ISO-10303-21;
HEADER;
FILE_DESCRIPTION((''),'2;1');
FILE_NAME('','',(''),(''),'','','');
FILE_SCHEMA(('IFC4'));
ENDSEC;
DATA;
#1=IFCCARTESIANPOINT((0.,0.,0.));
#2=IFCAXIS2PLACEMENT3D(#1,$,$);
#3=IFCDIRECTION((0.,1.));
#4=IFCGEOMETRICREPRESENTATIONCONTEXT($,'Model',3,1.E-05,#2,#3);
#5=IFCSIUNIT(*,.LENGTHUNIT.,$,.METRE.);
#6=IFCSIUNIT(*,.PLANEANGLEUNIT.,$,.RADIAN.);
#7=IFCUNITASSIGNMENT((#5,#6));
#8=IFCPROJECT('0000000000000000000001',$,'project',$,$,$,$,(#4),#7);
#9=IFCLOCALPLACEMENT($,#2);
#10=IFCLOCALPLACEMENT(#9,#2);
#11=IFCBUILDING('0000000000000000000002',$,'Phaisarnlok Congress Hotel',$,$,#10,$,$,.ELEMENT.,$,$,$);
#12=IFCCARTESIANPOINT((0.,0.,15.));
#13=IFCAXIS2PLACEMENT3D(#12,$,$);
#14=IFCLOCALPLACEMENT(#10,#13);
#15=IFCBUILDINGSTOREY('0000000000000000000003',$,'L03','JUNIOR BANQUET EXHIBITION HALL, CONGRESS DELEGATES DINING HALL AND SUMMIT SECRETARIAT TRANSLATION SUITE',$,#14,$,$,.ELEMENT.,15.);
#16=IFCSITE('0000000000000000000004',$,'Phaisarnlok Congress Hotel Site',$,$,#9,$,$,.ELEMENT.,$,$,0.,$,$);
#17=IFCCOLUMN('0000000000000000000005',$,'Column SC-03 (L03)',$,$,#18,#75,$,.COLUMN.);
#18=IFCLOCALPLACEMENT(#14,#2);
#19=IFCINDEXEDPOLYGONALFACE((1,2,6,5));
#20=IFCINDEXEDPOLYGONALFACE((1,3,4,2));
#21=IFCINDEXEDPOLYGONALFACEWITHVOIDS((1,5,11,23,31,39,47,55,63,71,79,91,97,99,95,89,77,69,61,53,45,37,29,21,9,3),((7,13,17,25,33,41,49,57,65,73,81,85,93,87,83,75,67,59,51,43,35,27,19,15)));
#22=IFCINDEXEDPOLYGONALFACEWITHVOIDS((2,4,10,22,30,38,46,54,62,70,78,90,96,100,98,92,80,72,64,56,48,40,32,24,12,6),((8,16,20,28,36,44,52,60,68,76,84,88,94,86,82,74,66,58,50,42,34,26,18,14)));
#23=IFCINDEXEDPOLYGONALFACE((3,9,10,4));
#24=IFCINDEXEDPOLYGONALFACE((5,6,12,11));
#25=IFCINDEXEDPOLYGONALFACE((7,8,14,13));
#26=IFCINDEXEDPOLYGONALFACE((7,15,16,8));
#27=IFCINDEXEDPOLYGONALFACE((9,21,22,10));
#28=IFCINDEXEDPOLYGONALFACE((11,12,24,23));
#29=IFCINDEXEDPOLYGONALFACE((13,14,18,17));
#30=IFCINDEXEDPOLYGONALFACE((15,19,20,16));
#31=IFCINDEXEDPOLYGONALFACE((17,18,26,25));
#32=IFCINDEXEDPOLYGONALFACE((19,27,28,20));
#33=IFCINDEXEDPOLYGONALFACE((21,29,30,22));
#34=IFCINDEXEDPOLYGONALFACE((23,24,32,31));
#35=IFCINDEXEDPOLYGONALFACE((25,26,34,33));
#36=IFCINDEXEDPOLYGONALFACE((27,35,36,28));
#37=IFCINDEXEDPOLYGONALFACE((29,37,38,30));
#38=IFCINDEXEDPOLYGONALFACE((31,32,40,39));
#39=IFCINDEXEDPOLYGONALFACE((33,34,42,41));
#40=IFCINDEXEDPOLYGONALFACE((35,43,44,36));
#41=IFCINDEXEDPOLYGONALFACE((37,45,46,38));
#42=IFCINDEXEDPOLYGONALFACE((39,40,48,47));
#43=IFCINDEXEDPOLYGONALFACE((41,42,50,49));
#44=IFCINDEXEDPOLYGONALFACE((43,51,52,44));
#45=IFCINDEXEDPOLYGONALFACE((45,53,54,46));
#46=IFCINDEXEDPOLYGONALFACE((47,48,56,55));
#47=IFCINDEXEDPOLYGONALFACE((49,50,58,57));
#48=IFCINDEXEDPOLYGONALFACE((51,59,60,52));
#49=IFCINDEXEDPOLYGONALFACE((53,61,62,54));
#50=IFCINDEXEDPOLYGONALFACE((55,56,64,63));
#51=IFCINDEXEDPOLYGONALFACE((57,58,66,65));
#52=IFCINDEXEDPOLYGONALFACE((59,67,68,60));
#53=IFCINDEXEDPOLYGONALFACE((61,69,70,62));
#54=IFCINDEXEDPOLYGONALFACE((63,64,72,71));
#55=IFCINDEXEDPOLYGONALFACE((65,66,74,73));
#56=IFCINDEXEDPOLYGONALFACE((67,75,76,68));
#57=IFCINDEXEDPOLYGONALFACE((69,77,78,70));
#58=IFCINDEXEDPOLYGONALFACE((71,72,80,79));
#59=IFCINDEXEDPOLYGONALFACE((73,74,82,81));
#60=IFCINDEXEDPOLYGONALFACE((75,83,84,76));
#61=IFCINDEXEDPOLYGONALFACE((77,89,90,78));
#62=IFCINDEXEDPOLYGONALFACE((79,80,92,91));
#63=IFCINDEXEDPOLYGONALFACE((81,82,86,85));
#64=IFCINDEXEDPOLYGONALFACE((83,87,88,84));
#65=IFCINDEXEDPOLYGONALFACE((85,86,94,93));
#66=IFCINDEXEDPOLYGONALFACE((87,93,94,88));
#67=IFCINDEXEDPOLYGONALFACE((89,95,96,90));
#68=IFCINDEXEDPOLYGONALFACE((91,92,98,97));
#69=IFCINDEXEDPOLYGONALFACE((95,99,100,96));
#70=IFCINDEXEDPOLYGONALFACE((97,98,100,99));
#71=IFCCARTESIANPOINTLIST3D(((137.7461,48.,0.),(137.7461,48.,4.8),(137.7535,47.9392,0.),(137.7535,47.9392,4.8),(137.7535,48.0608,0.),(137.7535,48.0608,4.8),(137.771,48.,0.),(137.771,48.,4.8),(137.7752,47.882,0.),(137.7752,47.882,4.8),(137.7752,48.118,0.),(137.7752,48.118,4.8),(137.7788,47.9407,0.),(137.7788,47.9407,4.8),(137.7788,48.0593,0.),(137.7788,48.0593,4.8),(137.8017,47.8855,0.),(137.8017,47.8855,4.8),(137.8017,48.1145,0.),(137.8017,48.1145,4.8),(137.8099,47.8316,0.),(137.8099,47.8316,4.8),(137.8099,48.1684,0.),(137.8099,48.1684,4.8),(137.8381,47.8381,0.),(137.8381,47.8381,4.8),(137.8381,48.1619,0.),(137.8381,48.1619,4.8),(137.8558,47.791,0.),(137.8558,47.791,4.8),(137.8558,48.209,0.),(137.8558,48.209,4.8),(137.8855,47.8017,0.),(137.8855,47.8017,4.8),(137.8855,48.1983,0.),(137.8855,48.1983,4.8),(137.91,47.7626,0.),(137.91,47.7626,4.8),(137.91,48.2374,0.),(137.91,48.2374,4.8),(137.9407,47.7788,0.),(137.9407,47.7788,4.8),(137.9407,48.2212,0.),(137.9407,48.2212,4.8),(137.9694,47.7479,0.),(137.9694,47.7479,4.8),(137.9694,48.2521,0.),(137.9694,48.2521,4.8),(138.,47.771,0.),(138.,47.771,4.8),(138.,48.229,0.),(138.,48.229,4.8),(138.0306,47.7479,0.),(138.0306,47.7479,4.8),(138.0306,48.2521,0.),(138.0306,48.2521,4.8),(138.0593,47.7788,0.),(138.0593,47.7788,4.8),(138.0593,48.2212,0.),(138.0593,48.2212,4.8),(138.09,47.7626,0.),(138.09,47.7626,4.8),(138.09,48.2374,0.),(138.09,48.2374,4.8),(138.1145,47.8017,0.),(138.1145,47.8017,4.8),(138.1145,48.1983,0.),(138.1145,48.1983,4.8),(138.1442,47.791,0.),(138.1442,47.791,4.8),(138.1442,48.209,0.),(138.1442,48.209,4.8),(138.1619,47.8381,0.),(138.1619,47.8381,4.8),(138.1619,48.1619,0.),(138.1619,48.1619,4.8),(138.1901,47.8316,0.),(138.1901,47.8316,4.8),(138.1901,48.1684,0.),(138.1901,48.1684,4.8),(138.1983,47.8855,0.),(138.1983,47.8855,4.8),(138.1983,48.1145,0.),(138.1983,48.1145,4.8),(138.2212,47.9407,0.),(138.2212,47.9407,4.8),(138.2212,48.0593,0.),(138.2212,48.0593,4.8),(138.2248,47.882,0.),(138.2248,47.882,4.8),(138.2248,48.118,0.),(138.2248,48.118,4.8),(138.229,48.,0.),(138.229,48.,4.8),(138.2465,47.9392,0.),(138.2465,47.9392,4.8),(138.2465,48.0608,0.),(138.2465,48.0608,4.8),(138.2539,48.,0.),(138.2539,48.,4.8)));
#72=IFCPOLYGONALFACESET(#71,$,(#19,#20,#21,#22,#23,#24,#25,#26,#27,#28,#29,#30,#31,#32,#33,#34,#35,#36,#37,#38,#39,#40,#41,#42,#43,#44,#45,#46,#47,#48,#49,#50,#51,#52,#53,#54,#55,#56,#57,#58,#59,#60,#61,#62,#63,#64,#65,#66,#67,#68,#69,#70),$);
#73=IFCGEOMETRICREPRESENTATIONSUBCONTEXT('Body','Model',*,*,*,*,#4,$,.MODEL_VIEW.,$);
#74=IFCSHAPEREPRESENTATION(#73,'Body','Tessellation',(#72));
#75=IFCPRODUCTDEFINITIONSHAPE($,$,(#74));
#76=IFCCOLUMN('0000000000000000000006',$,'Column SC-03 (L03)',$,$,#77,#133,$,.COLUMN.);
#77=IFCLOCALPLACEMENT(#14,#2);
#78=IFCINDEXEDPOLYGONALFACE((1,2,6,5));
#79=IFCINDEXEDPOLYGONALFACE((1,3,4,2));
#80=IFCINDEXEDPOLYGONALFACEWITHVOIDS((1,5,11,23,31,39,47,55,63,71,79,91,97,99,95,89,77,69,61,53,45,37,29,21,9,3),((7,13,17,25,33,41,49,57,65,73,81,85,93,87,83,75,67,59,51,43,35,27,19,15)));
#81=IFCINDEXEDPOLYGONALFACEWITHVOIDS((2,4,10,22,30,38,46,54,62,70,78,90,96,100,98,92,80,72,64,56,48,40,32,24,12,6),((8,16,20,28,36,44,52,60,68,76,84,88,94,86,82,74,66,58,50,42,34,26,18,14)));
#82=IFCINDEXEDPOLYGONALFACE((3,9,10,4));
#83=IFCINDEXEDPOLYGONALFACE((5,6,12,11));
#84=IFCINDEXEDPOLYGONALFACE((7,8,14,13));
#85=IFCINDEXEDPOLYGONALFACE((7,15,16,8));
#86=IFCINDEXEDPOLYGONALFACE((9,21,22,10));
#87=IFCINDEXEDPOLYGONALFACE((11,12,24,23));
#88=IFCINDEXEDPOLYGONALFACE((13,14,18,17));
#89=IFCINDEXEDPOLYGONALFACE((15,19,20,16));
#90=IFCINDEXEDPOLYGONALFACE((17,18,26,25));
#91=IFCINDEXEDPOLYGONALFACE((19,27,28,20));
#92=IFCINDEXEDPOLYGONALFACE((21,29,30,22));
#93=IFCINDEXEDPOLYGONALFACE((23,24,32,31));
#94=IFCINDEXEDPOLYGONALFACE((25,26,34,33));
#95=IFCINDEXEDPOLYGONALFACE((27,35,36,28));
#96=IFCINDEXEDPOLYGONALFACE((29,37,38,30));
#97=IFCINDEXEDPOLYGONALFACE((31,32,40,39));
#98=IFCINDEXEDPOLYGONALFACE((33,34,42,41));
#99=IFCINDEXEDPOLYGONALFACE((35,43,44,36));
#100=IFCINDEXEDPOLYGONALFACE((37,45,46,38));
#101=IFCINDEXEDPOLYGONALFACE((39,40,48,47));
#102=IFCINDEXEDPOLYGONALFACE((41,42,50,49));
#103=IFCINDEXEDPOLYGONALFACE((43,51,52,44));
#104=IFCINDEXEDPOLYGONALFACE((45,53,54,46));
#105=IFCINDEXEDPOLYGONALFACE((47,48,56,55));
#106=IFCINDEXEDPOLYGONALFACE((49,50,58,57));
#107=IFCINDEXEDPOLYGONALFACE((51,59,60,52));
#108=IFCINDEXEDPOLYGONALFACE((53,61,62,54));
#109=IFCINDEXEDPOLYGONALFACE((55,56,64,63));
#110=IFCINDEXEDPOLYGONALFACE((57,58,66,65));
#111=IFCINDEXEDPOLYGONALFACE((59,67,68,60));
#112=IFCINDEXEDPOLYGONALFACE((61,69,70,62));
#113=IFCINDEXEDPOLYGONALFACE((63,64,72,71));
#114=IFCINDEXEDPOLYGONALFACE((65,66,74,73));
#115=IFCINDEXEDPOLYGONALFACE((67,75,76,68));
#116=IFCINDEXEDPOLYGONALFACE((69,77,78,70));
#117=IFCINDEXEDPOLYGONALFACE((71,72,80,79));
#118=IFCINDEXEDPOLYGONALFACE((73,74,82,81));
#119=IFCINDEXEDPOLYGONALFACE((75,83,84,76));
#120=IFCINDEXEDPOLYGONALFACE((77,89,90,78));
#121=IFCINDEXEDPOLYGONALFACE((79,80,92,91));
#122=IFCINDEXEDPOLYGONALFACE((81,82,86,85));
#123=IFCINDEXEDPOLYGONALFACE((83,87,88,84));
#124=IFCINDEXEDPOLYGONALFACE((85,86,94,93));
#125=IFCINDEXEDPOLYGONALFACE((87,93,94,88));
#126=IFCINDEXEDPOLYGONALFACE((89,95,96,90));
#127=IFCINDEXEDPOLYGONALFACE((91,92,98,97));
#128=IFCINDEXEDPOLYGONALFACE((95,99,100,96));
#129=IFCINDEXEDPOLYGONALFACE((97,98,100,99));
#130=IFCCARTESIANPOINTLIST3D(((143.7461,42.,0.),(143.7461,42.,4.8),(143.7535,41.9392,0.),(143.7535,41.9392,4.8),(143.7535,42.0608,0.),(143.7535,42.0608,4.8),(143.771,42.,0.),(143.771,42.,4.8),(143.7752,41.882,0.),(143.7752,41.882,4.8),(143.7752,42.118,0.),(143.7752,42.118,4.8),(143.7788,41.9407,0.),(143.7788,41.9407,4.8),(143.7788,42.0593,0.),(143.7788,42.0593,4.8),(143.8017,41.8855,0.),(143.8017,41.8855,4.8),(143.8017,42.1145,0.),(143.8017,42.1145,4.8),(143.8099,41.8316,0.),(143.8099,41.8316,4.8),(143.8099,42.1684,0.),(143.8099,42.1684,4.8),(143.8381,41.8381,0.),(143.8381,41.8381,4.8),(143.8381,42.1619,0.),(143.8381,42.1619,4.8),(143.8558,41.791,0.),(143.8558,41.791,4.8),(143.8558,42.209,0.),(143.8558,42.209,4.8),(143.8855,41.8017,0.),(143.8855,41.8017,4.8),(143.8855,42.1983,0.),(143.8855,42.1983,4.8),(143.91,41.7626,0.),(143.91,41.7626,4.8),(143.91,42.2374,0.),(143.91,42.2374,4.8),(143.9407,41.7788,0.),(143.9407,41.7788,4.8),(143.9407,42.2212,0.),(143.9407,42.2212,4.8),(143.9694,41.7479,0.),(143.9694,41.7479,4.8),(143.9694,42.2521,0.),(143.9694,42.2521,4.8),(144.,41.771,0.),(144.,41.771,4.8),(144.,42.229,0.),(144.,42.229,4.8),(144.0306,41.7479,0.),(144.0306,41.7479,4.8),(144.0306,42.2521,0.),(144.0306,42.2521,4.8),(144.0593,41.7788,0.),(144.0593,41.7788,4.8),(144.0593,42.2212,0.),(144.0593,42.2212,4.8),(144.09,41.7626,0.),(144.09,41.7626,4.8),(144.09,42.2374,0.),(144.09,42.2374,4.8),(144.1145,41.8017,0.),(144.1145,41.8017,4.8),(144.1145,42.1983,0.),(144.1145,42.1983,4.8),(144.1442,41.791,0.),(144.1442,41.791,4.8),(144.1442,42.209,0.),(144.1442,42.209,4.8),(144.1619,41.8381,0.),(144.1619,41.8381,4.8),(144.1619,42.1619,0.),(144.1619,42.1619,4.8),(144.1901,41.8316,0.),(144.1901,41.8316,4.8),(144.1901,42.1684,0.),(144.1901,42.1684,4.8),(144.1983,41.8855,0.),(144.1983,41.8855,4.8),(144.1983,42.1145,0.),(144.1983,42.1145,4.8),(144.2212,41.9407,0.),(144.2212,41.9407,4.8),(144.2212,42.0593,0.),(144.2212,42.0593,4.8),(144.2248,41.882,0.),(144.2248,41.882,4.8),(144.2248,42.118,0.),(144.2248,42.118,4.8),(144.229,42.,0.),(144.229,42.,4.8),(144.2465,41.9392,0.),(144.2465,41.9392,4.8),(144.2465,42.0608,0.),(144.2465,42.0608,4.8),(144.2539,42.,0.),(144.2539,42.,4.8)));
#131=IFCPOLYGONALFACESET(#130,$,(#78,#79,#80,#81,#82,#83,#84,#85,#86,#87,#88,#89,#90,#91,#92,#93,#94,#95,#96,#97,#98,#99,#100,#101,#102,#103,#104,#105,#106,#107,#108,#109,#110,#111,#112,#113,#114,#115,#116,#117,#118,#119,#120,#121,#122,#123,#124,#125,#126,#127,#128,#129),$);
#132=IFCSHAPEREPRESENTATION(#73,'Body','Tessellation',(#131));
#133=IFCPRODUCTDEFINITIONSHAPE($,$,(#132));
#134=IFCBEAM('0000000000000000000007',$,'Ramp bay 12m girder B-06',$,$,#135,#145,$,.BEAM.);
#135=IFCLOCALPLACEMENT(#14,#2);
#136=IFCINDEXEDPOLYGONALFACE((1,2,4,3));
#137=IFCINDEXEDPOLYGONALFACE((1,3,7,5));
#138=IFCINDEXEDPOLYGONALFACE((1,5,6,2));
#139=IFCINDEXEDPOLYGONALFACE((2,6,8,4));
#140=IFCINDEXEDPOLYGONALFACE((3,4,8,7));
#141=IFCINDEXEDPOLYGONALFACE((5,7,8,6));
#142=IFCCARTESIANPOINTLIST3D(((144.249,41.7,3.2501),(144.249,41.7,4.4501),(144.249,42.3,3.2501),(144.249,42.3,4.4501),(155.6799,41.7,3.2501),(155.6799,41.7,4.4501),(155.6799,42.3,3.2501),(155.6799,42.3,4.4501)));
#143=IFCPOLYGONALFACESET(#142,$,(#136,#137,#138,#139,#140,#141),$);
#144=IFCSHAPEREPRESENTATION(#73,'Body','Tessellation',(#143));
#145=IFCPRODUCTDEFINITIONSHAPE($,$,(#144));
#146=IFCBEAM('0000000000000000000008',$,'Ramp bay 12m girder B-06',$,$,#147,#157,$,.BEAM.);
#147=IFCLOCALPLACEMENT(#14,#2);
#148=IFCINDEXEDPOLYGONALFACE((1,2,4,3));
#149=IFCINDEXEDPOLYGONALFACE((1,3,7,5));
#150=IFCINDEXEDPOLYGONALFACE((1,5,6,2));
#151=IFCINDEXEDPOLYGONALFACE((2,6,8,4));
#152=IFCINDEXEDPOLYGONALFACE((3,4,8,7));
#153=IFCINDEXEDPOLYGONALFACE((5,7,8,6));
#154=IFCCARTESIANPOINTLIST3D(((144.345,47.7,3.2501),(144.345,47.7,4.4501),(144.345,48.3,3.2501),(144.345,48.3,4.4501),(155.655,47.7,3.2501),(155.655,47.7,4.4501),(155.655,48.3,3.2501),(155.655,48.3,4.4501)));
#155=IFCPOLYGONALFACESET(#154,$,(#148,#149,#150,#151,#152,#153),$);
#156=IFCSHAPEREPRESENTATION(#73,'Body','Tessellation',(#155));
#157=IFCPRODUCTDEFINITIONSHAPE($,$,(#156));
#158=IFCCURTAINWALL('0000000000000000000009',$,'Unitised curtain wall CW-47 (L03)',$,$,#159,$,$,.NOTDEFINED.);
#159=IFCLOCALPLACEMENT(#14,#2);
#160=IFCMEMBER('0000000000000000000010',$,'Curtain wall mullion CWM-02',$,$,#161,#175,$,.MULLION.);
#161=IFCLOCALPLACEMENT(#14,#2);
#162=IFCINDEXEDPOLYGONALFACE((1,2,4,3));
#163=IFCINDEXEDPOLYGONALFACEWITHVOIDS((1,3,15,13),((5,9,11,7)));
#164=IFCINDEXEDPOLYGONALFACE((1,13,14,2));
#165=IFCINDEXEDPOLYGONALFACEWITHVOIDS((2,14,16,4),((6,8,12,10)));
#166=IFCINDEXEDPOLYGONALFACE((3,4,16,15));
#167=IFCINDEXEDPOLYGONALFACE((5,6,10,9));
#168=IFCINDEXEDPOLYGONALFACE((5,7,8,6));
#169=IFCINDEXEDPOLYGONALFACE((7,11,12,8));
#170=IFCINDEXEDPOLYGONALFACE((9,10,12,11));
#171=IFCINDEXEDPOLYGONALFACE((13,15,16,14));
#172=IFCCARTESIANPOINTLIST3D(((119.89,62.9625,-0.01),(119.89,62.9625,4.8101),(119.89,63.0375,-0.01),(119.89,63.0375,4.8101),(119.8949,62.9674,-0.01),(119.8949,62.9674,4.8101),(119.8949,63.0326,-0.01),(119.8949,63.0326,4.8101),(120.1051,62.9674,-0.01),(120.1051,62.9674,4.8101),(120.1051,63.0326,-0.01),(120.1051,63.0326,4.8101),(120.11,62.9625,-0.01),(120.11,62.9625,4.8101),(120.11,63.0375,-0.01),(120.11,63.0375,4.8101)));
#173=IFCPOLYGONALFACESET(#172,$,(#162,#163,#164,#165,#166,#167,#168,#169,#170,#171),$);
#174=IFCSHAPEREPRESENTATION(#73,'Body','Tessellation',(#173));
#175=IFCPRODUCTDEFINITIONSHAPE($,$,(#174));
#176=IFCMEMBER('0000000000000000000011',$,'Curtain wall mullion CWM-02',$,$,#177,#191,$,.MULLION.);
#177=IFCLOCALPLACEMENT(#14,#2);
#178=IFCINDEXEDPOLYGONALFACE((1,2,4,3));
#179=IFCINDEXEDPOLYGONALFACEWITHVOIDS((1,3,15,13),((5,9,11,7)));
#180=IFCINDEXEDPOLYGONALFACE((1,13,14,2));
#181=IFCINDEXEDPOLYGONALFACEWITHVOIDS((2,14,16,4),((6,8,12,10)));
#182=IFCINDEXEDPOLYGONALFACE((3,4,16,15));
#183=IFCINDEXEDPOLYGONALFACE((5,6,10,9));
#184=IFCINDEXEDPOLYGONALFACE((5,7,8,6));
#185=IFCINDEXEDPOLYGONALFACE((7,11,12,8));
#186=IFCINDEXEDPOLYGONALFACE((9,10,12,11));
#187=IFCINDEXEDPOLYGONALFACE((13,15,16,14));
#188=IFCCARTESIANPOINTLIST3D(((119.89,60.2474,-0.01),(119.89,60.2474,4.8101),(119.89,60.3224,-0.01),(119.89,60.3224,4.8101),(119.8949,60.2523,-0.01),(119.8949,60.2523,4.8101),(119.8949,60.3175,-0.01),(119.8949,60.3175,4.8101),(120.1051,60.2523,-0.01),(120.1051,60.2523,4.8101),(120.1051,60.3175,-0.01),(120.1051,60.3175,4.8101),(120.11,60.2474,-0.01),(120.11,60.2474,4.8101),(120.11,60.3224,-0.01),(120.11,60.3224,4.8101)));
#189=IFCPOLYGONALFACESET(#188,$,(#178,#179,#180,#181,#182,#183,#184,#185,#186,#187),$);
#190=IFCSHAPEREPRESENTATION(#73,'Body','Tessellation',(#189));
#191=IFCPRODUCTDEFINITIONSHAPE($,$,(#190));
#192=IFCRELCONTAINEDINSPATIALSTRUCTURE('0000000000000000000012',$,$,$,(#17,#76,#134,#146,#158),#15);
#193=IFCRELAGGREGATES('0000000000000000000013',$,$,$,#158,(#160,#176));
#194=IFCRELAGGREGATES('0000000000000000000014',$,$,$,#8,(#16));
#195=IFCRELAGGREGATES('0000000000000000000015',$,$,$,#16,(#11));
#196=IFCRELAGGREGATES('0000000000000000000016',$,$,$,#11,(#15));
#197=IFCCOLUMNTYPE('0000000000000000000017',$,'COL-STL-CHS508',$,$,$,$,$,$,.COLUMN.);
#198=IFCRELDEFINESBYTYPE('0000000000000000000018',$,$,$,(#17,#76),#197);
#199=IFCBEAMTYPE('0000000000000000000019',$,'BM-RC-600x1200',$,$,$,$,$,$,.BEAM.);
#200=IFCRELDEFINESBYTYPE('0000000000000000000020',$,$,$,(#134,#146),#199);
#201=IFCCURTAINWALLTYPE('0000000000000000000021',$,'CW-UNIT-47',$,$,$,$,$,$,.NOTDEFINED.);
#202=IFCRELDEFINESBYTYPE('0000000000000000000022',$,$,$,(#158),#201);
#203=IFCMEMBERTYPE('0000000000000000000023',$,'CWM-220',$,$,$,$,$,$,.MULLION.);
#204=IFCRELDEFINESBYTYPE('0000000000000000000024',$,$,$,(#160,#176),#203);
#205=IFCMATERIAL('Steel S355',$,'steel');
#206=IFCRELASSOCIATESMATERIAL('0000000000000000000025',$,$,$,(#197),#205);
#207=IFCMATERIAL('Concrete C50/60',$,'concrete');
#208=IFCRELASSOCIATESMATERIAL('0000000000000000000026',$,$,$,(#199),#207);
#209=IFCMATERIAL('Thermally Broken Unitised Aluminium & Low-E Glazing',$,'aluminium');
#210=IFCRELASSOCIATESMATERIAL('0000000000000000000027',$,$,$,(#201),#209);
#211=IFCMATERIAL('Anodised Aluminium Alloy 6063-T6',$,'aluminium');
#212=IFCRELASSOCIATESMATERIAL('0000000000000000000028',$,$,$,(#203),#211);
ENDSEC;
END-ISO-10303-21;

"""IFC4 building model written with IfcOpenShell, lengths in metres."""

from ifc_helpers import new_model, si_unit, direction, frame, origin, origin_2d, place, context, subcontext, project, spatial, rectangle, hollow_rectangle, hollow_circle, extrude, material, material_profile, profile_set, type_object, element, aggregate, save


model = new_model("IFC4")

# Units and contexts
model_context = context("Model", 3, precision=1e-05, world=origin(), true_north=direction((0.0, 1.0)))
body_context = subcontext(model_context, "Body", "Model", "MODEL_VIEW")
ifc_project = project(units=[si_unit("LENGTHUNIT", "METRE"), si_unit("PLANEANGLEUNIT", "RADIAN")], contexts=[model_context])

# Site, building, storey
site_placement = place(None, origin())
site = spatial("IfcSite", under=ifc_project, at=site_placement, Name="Phaisarnlok Congress Hotel Site", CompositionType="ELEMENT", RefElevation=0.0)
building_placement = place(site_placement, origin())
building = spatial("IfcBuilding", under=site, at=building_placement, Name="Phaisarnlok Congress Hotel", CompositionType="ELEMENT")
storey_placement = place(building_placement, frame((0.0, 0.0, 15.0)))
storey = spatial("IfcBuildingStorey", under=building, at=storey_placement, Name="L03", Description="JUNIOR BANQUET EXHIBITION HALL, CONGRESS DELEGATES DINING HALL AND SUMMIT SECRETARIAT TRANSLATION SUITE", CompositionType="ELEMENT", Elevation=15.0)

# Columns
ifc_material_1 = material(Name="Concrete C50/60", Category="concrete")
ifc_material_2 = material(Name="Steel S355", Category="steel")
ifc_material_profile_1 = material_profile(ifc_material_2, hollow_circle(Radius=0.2539, WallThickness=0.0249, at=origin_2d()), Name="CHS 508x25")
ifc_profile_set_1 = profile_set([ifc_material_profile_1], Name="Steel S355")
column_type_1 = type_object("IfcColumnType", Name="COL-STL-CHS508", PredefinedType="COLUMN", material=ifc_profile_set_1)
for number, where, z_axis, x_axis, name in (
    (1, (138.0, 48.0, 0.0), (0.0, 0.0, 1.0), (1.0, 0.0, 0.0), "Column SC-03 (L03)"),
    (2, (144.0, 42.0, 0.0), (0.0, 0.0, 1.0), (1.0, 0.0, 0.0), "Column SC-03 (L03)"),
):
    element("IfcColumn", number, at=place(storey_placement, frame(where, z_axis=z_axis, x_axis=x_axis)), inside=storey, type_object=column_type_1, Name=name, PredefinedType="COLUMN", context=body_context, shape_type="SweptSolid", body=[
        extrude(hollow_circle(Radius=0.2539, WallThickness=0.0249, at=origin_2d()), origin(), (0.0, 0.0, 1.0), 4.8),
    ])

# Beams
ifc_material_profile_2 = material_profile(ifc_material_1, rectangle(XDim=0.6001, YDim=1.2, at=origin_2d()), Name="RC 600x1200")
ifc_profile_set_2 = profile_set([ifc_material_profile_2], Name="Concrete C50/60")
beam_type_1 = type_object("IfcBeamType", Name="BM-RC-600x1200", PredefinedType="BEAM", material=ifc_profile_set_2)
beam_1_placement = place(storey_placement, frame((144.249, 42.0, 3.8501), z_axis=(1.0, 0.0, 0.0), x_axis=(0.0, 1.0, 0.0)))
element("IfcBeam", 3, at=beam_1_placement, inside=storey, type_object=beam_type_1, Name="Ramp bay 12m girder B-06", PredefinedType="BEAM", context=body_context, shape_type="SweptSolid", body=[
    extrude(rectangle(XDim=0.6001, YDim=1.2, at=origin_2d()), origin(), (0.0, 0.0, 1.0), 11.4309),
])
beam_2_placement = place(storey_placement, frame((144.345, 48.0, 3.8501), z_axis=(1.0, 0.0, 0.0), x_axis=(0.0, 1.0, 0.0)))
element("IfcBeam", 4, at=beam_2_placement, inside=storey, type_object=beam_type_1, Name="Ramp bay 12m girder B-06", PredefinedType="BEAM", context=body_context, shape_type="SweptSolid", body=[
    extrude(rectangle(XDim=0.6001, YDim=1.2, at=origin_2d()), origin(), (0.0, 0.0, 1.0), 11.3101),
])

# Curtain wall, members
ifc_material_3 = material(Name="Thermally Broken Unitised Aluminium & Low-E Glazing", Category="aluminium")
curtain_wall_type = type_object("IfcCurtainWallType", Name="CW-UNIT-47", PredefinedType="NOTDEFINED", material=ifc_material_3)
curtain_wall_placement = place(storey_placement, origin())
curtain_wall = element("IfcCurtainWall", 5, at=curtain_wall_placement, inside=storey, type_object=curtain_wall_type, Name="Unitised curtain wall CW-47 (L03)", PredefinedType="NOTDEFINED")
ifc_material_4 = material(Name="Anodised Aluminium Alloy 6063-T6", Category="aluminium")
ifc_material_profile_3 = material_profile(ifc_material_4, hollow_rectangle(XDim=0.075, YDim=0.22, WallThickness=0.0049, at=origin_2d()), Name="ALU-M 75x220x5")
ifc_profile_set_3 = profile_set([ifc_material_profile_3], Name="Anodised Aluminium Alloy 6063-T6")
member_type_1 = type_object("IfcMemberType", Name="CWM-220", PredefinedType="MULLION", material=ifc_profile_set_3)
member_1_placement = place(storey_placement, frame((120.0, 63.0, -0.01), z_axis=(0.0, 0.0, 1.0), x_axis=(0.0, -1.0, 0.0)))
member_1 = element("IfcMember", 6, at=member_1_placement, type_object=member_type_1, Name="Curtain wall mullion CWM-02", PredefinedType="MULLION", context=body_context, shape_type="SweptSolid", body=[
    extrude(hollow_rectangle(XDim=0.075, YDim=0.22, WallThickness=0.0049, at=origin_2d()), origin(), (0.0, 0.0, 1.0), 4.8201),
])
member_2_placement = place(storey_placement, frame((120.0, 60.2849, -0.01), z_axis=(0.0, 0.0, 1.0), x_axis=(0.0, -1.0, 0.0)))
member_2 = element("IfcMember", 7, at=member_2_placement, type_object=member_type_1, Name="Curtain wall mullion CWM-02", PredefinedType="MULLION", context=body_context, shape_type="SweptSolid", body=[
    extrude(hollow_rectangle(XDim=0.075, YDim=0.22, WallThickness=0.0049, at=origin_2d()), origin(), (0.0, 0.0, 1.0), 4.8201),
])

aggregate(curtain_wall, [member_1, member_2])

save(model, "model.ifc")
